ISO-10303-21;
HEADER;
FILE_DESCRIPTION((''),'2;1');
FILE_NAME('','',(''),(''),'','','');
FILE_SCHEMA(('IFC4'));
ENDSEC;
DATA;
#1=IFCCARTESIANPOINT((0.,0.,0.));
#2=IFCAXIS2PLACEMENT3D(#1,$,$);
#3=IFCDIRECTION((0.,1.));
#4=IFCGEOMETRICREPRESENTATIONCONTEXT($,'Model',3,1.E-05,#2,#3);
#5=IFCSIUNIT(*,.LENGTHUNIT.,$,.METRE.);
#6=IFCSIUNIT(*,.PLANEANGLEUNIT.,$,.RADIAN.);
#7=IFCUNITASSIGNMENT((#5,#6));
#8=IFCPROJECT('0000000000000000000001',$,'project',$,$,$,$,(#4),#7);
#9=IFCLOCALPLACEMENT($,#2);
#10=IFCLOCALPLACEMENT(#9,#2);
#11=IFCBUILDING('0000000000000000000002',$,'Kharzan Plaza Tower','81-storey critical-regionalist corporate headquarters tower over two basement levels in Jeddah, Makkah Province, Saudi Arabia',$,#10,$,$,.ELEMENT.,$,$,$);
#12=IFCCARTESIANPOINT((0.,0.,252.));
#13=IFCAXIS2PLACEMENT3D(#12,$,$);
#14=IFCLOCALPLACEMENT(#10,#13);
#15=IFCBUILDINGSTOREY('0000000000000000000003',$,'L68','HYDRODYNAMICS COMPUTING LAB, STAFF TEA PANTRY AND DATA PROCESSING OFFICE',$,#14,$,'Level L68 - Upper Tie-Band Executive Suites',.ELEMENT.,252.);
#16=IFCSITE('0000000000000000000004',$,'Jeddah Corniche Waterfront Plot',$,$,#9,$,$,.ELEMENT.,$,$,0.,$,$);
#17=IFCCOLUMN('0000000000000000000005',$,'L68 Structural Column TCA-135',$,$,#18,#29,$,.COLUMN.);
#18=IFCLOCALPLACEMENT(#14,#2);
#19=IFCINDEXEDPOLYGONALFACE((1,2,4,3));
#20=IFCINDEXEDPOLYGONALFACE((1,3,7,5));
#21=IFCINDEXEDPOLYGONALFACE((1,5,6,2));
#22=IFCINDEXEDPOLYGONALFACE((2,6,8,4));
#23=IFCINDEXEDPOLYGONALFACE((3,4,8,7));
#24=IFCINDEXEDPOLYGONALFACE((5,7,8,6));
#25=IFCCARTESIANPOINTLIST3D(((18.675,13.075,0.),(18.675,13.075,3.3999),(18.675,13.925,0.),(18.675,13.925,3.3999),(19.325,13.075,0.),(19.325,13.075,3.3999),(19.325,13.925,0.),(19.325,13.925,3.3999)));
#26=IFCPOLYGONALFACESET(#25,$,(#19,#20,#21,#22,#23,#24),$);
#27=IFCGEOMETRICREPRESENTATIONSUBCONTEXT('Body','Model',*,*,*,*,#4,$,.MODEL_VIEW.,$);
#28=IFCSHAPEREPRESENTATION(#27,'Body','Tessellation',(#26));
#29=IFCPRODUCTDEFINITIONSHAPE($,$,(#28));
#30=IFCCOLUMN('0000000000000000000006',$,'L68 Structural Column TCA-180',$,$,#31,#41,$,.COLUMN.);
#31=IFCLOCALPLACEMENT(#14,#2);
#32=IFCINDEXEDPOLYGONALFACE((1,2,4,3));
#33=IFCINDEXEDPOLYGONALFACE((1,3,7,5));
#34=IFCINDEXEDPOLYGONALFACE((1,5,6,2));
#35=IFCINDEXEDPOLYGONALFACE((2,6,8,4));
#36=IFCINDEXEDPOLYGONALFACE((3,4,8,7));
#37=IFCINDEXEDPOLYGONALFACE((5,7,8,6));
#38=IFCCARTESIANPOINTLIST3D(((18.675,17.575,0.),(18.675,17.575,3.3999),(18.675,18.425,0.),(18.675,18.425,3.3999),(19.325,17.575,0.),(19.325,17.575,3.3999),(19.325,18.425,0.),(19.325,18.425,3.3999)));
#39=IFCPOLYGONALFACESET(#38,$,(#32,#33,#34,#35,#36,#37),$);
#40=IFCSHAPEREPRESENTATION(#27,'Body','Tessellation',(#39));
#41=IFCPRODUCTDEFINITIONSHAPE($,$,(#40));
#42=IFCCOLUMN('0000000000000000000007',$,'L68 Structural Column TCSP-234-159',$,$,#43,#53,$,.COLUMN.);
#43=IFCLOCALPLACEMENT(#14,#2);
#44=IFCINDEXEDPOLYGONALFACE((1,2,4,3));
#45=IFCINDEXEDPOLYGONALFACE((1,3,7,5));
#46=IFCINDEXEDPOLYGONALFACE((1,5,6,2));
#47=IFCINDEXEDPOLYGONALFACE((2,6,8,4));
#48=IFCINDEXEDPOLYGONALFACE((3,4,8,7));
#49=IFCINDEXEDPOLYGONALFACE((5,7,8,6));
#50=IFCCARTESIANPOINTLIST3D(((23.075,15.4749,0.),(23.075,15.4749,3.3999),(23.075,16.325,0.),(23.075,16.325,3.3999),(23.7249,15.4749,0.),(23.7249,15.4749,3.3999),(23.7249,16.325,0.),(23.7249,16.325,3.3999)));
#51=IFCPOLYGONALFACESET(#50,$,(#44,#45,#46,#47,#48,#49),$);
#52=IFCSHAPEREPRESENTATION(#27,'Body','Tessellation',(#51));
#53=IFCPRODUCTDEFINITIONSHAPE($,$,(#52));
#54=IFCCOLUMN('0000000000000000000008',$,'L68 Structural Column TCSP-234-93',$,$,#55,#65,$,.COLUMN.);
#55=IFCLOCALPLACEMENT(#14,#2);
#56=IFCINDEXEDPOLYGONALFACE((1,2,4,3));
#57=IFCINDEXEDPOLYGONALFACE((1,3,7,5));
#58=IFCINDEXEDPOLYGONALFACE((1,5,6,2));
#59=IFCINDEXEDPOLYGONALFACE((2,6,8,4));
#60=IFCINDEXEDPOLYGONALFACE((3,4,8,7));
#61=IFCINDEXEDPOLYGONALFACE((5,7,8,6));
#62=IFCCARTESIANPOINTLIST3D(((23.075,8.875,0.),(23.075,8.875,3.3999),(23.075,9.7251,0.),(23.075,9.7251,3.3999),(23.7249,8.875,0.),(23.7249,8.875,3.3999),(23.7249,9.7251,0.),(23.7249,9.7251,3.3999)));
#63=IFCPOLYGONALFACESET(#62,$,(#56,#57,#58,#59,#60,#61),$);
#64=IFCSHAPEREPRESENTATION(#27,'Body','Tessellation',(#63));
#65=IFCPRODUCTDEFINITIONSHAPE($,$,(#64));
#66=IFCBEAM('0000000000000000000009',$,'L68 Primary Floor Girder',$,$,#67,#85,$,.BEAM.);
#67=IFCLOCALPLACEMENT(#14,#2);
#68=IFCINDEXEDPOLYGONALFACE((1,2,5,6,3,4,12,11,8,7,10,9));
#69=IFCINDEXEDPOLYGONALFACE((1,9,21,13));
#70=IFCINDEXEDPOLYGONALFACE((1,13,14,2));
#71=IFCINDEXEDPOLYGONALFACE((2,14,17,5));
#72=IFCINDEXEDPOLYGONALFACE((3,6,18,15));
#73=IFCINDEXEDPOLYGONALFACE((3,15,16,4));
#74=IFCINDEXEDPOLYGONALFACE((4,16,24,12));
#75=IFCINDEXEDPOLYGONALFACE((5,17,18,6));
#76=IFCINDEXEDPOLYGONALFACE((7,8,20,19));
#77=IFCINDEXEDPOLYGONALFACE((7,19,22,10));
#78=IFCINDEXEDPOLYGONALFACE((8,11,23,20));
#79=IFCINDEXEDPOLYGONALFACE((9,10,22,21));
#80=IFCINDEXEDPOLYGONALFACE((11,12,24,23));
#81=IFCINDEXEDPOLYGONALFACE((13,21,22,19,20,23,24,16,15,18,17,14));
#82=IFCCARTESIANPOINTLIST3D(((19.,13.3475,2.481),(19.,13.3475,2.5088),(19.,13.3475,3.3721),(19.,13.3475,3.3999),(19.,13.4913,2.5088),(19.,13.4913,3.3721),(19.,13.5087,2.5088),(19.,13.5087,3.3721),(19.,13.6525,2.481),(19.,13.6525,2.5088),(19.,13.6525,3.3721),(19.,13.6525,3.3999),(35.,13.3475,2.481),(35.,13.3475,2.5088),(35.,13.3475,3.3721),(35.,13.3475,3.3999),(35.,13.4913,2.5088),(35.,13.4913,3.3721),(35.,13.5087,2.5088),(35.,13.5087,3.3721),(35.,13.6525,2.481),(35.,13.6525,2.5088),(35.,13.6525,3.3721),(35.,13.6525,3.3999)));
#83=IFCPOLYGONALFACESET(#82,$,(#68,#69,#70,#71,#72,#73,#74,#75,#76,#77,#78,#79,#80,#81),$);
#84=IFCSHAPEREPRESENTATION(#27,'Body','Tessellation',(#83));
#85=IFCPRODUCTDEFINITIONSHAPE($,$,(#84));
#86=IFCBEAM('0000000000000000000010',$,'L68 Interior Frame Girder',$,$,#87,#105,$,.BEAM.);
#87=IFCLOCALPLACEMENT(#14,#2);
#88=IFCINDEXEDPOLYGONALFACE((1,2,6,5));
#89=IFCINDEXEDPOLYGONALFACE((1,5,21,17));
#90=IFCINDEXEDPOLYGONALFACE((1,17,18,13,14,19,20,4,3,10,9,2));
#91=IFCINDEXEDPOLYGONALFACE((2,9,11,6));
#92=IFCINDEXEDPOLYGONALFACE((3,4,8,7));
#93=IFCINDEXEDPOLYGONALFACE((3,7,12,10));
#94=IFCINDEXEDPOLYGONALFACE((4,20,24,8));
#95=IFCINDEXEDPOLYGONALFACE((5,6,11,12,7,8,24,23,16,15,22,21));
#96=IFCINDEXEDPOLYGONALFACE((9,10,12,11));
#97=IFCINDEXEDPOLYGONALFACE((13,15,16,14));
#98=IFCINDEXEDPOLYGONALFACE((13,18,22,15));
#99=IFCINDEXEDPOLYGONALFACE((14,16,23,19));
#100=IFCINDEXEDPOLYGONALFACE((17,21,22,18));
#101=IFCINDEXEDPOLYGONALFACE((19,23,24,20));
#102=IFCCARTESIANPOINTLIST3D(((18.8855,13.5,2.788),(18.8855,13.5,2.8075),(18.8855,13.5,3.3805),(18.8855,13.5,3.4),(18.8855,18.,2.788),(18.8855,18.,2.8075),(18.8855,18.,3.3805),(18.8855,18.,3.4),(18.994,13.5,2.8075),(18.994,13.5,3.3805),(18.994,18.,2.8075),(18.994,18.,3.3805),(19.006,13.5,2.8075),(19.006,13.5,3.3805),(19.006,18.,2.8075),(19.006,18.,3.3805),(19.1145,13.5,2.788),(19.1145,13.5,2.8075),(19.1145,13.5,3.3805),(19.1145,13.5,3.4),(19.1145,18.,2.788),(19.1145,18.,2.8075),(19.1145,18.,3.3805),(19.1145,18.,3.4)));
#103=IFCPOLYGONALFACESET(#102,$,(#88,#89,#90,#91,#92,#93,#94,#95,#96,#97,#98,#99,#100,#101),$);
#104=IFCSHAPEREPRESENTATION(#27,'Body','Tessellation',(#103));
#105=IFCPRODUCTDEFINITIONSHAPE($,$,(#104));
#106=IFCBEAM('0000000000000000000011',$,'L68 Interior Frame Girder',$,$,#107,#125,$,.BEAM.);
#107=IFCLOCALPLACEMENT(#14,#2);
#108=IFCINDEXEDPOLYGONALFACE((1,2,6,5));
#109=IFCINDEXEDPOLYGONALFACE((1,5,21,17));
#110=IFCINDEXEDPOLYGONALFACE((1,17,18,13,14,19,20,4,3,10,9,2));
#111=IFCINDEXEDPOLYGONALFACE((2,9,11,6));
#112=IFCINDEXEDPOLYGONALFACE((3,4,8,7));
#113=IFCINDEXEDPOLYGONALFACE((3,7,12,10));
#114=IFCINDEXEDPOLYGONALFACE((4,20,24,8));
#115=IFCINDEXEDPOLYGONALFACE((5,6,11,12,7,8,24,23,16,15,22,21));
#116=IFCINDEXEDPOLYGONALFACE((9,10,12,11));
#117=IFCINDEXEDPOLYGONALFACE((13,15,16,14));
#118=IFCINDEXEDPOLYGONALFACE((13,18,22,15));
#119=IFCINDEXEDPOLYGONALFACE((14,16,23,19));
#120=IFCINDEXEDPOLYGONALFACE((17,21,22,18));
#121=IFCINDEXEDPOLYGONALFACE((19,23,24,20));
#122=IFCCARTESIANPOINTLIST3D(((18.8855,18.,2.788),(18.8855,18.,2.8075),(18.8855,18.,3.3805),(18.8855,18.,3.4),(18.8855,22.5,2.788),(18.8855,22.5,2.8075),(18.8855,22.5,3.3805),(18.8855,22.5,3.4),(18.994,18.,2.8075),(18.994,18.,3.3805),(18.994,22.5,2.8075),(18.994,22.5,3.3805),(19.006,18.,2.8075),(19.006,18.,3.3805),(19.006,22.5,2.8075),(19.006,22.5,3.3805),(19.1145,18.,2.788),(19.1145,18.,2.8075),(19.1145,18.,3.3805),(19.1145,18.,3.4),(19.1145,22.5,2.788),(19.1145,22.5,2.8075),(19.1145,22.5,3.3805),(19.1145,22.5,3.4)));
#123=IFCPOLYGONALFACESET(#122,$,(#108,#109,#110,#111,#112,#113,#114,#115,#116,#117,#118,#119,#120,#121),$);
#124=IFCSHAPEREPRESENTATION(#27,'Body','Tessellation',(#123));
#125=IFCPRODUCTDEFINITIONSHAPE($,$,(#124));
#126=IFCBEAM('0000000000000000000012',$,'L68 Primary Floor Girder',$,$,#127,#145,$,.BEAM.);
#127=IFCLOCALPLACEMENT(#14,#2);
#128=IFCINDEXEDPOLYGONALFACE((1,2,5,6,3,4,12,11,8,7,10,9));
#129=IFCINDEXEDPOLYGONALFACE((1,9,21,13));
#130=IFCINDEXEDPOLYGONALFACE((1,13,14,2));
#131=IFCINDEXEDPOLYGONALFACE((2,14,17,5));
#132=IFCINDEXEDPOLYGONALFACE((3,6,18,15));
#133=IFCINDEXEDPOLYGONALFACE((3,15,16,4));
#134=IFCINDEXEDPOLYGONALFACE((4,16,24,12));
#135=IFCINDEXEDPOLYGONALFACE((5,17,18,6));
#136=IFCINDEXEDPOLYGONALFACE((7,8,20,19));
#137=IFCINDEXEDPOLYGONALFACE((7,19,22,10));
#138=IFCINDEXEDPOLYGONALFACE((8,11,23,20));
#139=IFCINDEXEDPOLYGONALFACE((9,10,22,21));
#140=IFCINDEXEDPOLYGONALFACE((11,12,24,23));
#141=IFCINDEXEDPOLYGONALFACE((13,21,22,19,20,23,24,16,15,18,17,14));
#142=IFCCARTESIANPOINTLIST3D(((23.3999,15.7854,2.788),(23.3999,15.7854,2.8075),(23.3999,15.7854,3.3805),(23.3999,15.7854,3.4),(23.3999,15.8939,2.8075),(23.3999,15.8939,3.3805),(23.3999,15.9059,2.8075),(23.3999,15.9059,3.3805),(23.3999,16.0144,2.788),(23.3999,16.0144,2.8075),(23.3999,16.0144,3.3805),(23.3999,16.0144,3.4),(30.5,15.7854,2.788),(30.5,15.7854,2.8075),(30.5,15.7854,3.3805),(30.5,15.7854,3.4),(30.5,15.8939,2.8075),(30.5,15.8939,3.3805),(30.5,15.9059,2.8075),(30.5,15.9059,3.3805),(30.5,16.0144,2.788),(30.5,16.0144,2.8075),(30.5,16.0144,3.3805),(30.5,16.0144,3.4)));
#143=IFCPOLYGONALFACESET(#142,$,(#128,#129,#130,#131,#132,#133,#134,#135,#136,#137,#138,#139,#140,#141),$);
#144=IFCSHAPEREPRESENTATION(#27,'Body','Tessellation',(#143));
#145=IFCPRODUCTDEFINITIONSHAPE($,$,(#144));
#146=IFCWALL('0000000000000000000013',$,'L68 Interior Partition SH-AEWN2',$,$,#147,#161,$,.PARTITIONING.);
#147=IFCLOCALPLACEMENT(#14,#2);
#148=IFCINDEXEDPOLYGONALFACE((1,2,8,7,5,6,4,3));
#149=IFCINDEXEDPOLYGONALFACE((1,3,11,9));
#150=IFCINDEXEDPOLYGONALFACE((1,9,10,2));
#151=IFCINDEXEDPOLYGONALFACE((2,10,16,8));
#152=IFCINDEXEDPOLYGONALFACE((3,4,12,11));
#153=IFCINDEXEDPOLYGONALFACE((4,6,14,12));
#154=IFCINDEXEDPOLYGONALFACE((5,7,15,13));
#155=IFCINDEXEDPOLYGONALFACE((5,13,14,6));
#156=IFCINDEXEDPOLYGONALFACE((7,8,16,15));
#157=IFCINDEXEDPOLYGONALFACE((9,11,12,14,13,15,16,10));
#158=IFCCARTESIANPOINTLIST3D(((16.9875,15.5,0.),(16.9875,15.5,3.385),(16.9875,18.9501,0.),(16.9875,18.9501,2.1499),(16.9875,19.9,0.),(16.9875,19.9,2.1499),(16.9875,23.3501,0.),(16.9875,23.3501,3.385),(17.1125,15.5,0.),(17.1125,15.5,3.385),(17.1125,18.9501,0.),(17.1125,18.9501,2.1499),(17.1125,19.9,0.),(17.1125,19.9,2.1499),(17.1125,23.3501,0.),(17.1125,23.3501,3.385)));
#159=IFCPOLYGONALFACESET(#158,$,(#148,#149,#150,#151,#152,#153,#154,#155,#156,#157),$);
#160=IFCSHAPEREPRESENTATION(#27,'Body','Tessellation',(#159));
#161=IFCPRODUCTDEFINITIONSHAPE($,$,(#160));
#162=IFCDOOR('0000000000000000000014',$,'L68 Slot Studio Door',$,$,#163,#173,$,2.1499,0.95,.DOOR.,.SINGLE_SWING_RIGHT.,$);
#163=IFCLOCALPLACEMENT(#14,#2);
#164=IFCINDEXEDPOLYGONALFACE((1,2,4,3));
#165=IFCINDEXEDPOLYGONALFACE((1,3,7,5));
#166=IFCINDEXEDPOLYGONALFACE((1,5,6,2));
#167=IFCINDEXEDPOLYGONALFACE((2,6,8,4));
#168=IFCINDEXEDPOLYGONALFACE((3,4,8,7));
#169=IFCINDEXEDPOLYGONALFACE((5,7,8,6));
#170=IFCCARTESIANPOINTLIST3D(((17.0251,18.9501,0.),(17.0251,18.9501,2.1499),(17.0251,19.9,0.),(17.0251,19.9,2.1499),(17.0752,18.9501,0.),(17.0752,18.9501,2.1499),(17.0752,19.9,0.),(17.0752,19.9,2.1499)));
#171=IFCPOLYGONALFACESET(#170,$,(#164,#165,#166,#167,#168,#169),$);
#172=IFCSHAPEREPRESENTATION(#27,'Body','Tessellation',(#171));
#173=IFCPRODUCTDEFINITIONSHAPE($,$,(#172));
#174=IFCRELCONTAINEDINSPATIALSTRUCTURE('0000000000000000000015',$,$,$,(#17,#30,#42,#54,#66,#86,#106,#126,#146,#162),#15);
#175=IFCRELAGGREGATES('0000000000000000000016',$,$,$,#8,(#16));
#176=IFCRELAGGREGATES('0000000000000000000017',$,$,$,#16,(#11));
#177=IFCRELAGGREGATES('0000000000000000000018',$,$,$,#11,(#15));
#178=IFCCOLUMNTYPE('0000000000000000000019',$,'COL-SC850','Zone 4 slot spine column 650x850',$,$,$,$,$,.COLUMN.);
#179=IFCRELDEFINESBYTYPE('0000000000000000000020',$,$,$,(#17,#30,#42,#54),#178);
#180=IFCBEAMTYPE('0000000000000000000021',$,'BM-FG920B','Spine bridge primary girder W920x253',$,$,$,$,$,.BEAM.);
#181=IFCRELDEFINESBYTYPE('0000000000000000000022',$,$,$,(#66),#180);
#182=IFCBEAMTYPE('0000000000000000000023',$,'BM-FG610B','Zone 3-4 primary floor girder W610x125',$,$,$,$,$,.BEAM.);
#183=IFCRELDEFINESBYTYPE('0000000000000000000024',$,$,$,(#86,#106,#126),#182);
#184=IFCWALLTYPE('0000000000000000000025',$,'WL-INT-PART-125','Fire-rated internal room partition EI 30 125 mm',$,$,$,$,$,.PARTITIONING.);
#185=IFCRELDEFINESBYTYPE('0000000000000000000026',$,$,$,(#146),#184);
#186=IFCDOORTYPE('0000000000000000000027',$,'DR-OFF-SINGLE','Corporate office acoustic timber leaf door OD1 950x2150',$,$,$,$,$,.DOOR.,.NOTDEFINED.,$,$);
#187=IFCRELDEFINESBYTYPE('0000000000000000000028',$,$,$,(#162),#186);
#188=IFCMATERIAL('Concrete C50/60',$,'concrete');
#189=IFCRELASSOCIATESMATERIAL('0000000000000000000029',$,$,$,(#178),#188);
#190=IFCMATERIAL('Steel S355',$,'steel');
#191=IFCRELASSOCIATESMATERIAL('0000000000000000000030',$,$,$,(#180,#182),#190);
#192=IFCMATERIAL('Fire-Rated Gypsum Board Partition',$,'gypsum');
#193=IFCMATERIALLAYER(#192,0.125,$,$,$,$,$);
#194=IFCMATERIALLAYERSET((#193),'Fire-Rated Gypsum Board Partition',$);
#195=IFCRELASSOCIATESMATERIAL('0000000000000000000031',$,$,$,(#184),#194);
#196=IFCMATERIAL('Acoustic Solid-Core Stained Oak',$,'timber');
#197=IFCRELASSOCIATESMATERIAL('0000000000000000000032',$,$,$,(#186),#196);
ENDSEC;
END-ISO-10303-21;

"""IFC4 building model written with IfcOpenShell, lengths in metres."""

from ifc_helpers import new_model, si_unit, direction, frame, frame_2d, origin, origin_2d, place, context, subcontext, project, spatial, rectangle, i_section, extrude, source, transform, mapped, material, layer, layer_set, material_profile, profile_set, type_object, element, fill, save


model = new_model("IFC4")

# Units and contexts
model_context = context("Model", 3, precision=1e-05, world=origin(), true_north=direction((0.0, 1.0)))
body_context = subcontext(model_context, "Body", "Model", "MODEL_VIEW")
ifc_project = project(units=[si_unit("LENGTHUNIT", "METRE"), si_unit("PLANEANGLEUNIT", "RADIAN")], contexts=[model_context])

# Site, building, storey
site_placement = place(None, origin())
site = spatial("IfcSite", under=ifc_project, at=site_placement, Name="Jeddah Corniche Waterfront Plot", CompositionType="ELEMENT", RefElevation=0.0)
building_placement = place(site_placement, origin())
building = spatial("IfcBuilding", under=site, at=building_placement, Name="Kharzan Plaza Tower", Description="81-storey critical-regionalist corporate headquarters tower over two basement levels in Jeddah, Makkah Province, Saudi Arabia", CompositionType="ELEMENT")
storey_placement = place(building_placement, frame((0.0, 0.0, 252.0)))
storey = spatial("IfcBuildingStorey", under=building, at=storey_placement, Name="L68", Description="HYDRODYNAMICS COMPUTING LAB, STAFF TEA PANTRY AND DATA PROCESSING OFFICE", LongName="Level L68 - Upper Tie-Band Executive Suites", CompositionType="ELEMENT", Elevation=252.0)

# Columns
ifc_material_1 = material(Name="Concrete C50/60", Category="concrete")
ifc_material_profile_1 = material_profile(ifc_material_1, rectangle(XDim=0.6499, YDim=0.8501, at=origin_2d()), Name="RC-SC850x650")
ifc_profile_set_1 = profile_set([ifc_material_profile_1], Name="Concrete C50/60")
column_type = type_object("IfcColumnType", Name="COL-SC850", Description="Zone 4 slot spine column 650x850", PredefinedType="COLUMN", material=ifc_profile_set_1)
shared_shape_1 = source(origin(), body_context, "Body", "SweptSolid", [
    extrude(rectangle(XDim=0.6499, YDim=0.8501, at=origin_2d()), origin(), (0.0, 0.0, 1.0), 3.3999),
])
for number, where, z_axis, x_axis, name in (
    (1, (19.0, 13.5, 0.0), (0.0, 0.0, 1.0), (1.0, 0.0, 0.0), "L68 Structural Column TCA-135"),
    (2, (19.0, 18.0, 0.0), (0.0, 0.0, 1.0), (1.0, 0.0, 0.0), "L68 Structural Column TCA-180"),
    (3, (23.3999, 15.8999, 0.0), (0.0, 0.0, 1.0), (1.0, 0.0, 0.0), "L68 Structural Column TCSP-234-159"),
    (4, (23.3999, 9.3, 0.0), (0.0, 0.0, 1.0), (1.0, 0.0, 0.0), "L68 Structural Column TCSP-234-93"),
):
    element("IfcColumn", number, at=place(storey_placement, frame(where, z_axis=z_axis, x_axis=x_axis)), inside=storey, type_object=column_type, Name=name, PredefinedType="COLUMN", context=body_context, shape_type="MappedRepresentation", body=[
        mapped(shared_shape_1, transform((0.0, 0.0, 0.0), x_axis=(1.0, 0.0, 0.0), y_axis=(0.0, 1.0, 0.0), z_axis=(0.0, 0.0, 1.0))),
    ])

# Beams
ifc_material_2 = material(Name="Steel S355", Category="steel")
ifc_material_profile_2 = material_profile(ifc_material_2, i_section(OverallWidth=0.3049, OverallDepth=0.9189, WebThickness=0.0173, FlangeThickness=0.0278, at=origin_2d()), Name="W920x253")
ifc_profile_set_2 = profile_set([ifc_material_profile_2], Name="Steel S355")
beam_type_1 = type_object("IfcBeamType", Name="BM-FG920B", Description="Spine bridge primary girder W920x253", PredefinedType="BEAM", material=ifc_profile_set_2)
shared_shape_2 = source(origin(), body_context, "Body", "SweptSolid", [
    extrude(i_section(OverallWidth=0.3049, OverallDepth=0.9189, WebThickness=0.0173, FlangeThickness=0.0278, at=origin_2d()), origin(), (0.0, 0.0, 1.0), 16.0),
])
beam_1_placement = place(storey_placement, frame((19.0, 13.5, 2.9404), z_axis=(1.0, 0.0, 0.0), x_axis=(0.0, 1.0, 0.0)))
element("IfcBeam", 5, at=beam_1_placement, inside=storey, type_object=beam_type_1, Name="L68 Primary Floor Girder", PredefinedType="BEAM", context=body_context, shape_type="MappedRepresentation", body=[
    mapped(shared_shape_2, transform((0.0, 0.0, 0.0), x_axis=(1.0, 0.0, 0.0), y_axis=(0.0, 1.0, 0.0), z_axis=(0.0, 0.0, 1.0))),
])
ifc_material_profile_3 = material_profile(ifc_material_2, i_section(OverallWidth=0.229, OverallDepth=0.6121, WebThickness=0.012, FlangeThickness=0.0195, at=origin_2d()), Name="W610x125")
ifc_profile_set_3 = profile_set([ifc_material_profile_3], Name="Steel S355")
beam_type_2 = type_object("IfcBeamType", Name="BM-FG610B", Description="Zone 3-4 primary floor girder W610x125", PredefinedType="BEAM", material=ifc_profile_set_3)
shared_shape_3 = source(origin(), body_context, "Body", "SweptSolid", [
    extrude(i_section(OverallWidth=0.229, OverallDepth=0.6121, WebThickness=0.012, FlangeThickness=0.0195, at=origin_2d()), origin(), (0.0, 0.0, 1.0), 4.5),
])
for number, where, z_axis, x_axis, name in (
    (6, (19.0, 13.5, 3.094), (0.0, 1.0, 0.0), (-1.0, 0.0, 0.0), "L68 Interior Frame Girder"),
    (7, (19.0, 18.0, 3.094), (0.0, 1.0, 0.0), (-1.0, 0.0, 0.0), "L68 Interior Frame Girder"),
):
    element("IfcBeam", number, at=place(storey_placement, frame(where, z_axis=z_axis, x_axis=x_axis)), inside=storey, type_object=beam_type_2, Name=name, PredefinedType="BEAM", context=body_context, shape_type="MappedRepresentation", body=[
        mapped(shared_shape_3, transform((0.0, 0.0, 0.0), x_axis=(1.0, 0.0, 0.0), y_axis=(0.0, 1.0, 0.0), z_axis=(0.0, 0.0, 1.0))),
    ])
shared_shape_4 = source(origin(), body_context, "Body", "SweptSolid", [
    extrude(i_section(OverallWidth=0.229, OverallDepth=0.6121, WebThickness=0.012, FlangeThickness=0.0195, at=origin_2d()), origin(), (0.0, 0.0, 1.0), 7.1001),
])
beam_2_placement = place(storey_placement, frame((23.3999, 15.8999, 3.094), z_axis=(1.0, 0.0, 0.0), x_axis=(0.0, 1.0, 0.0)))
element("IfcBeam", 8, at=beam_2_placement, inside=storey, type_object=beam_type_2, Name="L68 Primary Floor Girder", PredefinedType="BEAM", context=body_context, shape_type="MappedRepresentation", body=[
    mapped(shared_shape_4, transform((0.0, 0.0, 0.0), x_axis=(1.0, 0.0, 0.0), y_axis=(0.0, 1.0, 0.0), z_axis=(0.0, 0.0, 1.0))),
])

# Wall, opening, door
ifc_material_3 = material(Name="Fire-Rated Gypsum Board Partition", Category="gypsum")
ifc_layer = layer(ifc_material_3, 0.125)
ifc_layer_set = layer_set([ifc_layer], Name="Fire-Rated Gypsum Board Partition")
wall_type = type_object("IfcWallType", Name="WL-INT-PART-125", Description="Fire-rated internal room partition EI 30 125 mm", PredefinedType="PARTITIONING", material=ifc_layer_set)
ifc_material_4 = material(Name="Acoustic Solid-Core Stained Oak", Category="timber")
door_type = type_object("IfcDoorType", Name="DR-OFF-SINGLE", Description="Corporate office acoustic timber leaf door OD1 950x2150", OperationType="NOTDEFINED", PredefinedType="DOOR", material=ifc_material_4)
shared_shape_5 = source(origin(), body_context, "Body", "SweptSolid", [
    extrude(rectangle(XDim=0.95, YDim=2.1499, at=frame_2d((0.4751, 1.075))), frame((0.0, 0.0249, 0.0), z_axis=(0.0, -1.0, 0.0), x_axis=(1.0, 0.0, 0.0)), (0.0, 0.0, 1.0), 0.05),
])
wall_1_placement = place(storey_placement, frame((17.05, 15.5, 0.0), z_axis=(0.0, 0.0, 1.0), x_axis=(0.0, 1.0, 0.0)))
wall_1 = element("IfcWall", 9, at=wall_1_placement, inside=storey, type_object=wall_type, Name="L68 Interior Partition SH-AEWN2", PredefinedType="PARTITIONING", context=body_context, shape_type="SweptSolid", body=[
    extrude(rectangle(XDim=7.8501, YDim=0.125, at=frame_2d((3.925, 0.0))), origin(), (0.0, 0.0, 1.0), 3.385),
])
opening_1_placement = place(wall_1_placement, frame((3.45, 0.0, 0.0)))
opening_1 = element("IfcOpeningElement", 10, at=opening_1_placement, cuts=wall_1, PredefinedType="OPENING", context=body_context, shape_type="SweptSolid", body=[
    extrude(rectangle(XDim=0.95, YDim=2.1499, at=frame_2d((0.4751, 1.075))), frame((0.0, 0.0725, 0.0), z_axis=(0.0, -1.0, 0.0), x_axis=(1.0, 0.0, 0.0)), (0.0, 0.0, 1.0), 0.145),
])
door_1_placement = place(opening_1_placement, origin())
door_1 = element("IfcDoor", 11, at=door_1_placement, inside=storey, type_object=door_type, Name="L68 Slot Studio Door", OperationType="SINGLE_SWING_RIGHT", OverallHeight=2.1499, OverallWidth=0.95, PredefinedType="DOOR", context=body_context, shape_type="MappedRepresentation", body=[
    mapped(shared_shape_5, transform((0.0, 0.0, 0.0), x_axis=(1.0, 0.0, 0.0), y_axis=(0.0, 1.0, 0.0), z_axis=(0.0, 0.0, 1.0))),
])
fill(opening_1, door_1)

save(model, "model.ifc")
